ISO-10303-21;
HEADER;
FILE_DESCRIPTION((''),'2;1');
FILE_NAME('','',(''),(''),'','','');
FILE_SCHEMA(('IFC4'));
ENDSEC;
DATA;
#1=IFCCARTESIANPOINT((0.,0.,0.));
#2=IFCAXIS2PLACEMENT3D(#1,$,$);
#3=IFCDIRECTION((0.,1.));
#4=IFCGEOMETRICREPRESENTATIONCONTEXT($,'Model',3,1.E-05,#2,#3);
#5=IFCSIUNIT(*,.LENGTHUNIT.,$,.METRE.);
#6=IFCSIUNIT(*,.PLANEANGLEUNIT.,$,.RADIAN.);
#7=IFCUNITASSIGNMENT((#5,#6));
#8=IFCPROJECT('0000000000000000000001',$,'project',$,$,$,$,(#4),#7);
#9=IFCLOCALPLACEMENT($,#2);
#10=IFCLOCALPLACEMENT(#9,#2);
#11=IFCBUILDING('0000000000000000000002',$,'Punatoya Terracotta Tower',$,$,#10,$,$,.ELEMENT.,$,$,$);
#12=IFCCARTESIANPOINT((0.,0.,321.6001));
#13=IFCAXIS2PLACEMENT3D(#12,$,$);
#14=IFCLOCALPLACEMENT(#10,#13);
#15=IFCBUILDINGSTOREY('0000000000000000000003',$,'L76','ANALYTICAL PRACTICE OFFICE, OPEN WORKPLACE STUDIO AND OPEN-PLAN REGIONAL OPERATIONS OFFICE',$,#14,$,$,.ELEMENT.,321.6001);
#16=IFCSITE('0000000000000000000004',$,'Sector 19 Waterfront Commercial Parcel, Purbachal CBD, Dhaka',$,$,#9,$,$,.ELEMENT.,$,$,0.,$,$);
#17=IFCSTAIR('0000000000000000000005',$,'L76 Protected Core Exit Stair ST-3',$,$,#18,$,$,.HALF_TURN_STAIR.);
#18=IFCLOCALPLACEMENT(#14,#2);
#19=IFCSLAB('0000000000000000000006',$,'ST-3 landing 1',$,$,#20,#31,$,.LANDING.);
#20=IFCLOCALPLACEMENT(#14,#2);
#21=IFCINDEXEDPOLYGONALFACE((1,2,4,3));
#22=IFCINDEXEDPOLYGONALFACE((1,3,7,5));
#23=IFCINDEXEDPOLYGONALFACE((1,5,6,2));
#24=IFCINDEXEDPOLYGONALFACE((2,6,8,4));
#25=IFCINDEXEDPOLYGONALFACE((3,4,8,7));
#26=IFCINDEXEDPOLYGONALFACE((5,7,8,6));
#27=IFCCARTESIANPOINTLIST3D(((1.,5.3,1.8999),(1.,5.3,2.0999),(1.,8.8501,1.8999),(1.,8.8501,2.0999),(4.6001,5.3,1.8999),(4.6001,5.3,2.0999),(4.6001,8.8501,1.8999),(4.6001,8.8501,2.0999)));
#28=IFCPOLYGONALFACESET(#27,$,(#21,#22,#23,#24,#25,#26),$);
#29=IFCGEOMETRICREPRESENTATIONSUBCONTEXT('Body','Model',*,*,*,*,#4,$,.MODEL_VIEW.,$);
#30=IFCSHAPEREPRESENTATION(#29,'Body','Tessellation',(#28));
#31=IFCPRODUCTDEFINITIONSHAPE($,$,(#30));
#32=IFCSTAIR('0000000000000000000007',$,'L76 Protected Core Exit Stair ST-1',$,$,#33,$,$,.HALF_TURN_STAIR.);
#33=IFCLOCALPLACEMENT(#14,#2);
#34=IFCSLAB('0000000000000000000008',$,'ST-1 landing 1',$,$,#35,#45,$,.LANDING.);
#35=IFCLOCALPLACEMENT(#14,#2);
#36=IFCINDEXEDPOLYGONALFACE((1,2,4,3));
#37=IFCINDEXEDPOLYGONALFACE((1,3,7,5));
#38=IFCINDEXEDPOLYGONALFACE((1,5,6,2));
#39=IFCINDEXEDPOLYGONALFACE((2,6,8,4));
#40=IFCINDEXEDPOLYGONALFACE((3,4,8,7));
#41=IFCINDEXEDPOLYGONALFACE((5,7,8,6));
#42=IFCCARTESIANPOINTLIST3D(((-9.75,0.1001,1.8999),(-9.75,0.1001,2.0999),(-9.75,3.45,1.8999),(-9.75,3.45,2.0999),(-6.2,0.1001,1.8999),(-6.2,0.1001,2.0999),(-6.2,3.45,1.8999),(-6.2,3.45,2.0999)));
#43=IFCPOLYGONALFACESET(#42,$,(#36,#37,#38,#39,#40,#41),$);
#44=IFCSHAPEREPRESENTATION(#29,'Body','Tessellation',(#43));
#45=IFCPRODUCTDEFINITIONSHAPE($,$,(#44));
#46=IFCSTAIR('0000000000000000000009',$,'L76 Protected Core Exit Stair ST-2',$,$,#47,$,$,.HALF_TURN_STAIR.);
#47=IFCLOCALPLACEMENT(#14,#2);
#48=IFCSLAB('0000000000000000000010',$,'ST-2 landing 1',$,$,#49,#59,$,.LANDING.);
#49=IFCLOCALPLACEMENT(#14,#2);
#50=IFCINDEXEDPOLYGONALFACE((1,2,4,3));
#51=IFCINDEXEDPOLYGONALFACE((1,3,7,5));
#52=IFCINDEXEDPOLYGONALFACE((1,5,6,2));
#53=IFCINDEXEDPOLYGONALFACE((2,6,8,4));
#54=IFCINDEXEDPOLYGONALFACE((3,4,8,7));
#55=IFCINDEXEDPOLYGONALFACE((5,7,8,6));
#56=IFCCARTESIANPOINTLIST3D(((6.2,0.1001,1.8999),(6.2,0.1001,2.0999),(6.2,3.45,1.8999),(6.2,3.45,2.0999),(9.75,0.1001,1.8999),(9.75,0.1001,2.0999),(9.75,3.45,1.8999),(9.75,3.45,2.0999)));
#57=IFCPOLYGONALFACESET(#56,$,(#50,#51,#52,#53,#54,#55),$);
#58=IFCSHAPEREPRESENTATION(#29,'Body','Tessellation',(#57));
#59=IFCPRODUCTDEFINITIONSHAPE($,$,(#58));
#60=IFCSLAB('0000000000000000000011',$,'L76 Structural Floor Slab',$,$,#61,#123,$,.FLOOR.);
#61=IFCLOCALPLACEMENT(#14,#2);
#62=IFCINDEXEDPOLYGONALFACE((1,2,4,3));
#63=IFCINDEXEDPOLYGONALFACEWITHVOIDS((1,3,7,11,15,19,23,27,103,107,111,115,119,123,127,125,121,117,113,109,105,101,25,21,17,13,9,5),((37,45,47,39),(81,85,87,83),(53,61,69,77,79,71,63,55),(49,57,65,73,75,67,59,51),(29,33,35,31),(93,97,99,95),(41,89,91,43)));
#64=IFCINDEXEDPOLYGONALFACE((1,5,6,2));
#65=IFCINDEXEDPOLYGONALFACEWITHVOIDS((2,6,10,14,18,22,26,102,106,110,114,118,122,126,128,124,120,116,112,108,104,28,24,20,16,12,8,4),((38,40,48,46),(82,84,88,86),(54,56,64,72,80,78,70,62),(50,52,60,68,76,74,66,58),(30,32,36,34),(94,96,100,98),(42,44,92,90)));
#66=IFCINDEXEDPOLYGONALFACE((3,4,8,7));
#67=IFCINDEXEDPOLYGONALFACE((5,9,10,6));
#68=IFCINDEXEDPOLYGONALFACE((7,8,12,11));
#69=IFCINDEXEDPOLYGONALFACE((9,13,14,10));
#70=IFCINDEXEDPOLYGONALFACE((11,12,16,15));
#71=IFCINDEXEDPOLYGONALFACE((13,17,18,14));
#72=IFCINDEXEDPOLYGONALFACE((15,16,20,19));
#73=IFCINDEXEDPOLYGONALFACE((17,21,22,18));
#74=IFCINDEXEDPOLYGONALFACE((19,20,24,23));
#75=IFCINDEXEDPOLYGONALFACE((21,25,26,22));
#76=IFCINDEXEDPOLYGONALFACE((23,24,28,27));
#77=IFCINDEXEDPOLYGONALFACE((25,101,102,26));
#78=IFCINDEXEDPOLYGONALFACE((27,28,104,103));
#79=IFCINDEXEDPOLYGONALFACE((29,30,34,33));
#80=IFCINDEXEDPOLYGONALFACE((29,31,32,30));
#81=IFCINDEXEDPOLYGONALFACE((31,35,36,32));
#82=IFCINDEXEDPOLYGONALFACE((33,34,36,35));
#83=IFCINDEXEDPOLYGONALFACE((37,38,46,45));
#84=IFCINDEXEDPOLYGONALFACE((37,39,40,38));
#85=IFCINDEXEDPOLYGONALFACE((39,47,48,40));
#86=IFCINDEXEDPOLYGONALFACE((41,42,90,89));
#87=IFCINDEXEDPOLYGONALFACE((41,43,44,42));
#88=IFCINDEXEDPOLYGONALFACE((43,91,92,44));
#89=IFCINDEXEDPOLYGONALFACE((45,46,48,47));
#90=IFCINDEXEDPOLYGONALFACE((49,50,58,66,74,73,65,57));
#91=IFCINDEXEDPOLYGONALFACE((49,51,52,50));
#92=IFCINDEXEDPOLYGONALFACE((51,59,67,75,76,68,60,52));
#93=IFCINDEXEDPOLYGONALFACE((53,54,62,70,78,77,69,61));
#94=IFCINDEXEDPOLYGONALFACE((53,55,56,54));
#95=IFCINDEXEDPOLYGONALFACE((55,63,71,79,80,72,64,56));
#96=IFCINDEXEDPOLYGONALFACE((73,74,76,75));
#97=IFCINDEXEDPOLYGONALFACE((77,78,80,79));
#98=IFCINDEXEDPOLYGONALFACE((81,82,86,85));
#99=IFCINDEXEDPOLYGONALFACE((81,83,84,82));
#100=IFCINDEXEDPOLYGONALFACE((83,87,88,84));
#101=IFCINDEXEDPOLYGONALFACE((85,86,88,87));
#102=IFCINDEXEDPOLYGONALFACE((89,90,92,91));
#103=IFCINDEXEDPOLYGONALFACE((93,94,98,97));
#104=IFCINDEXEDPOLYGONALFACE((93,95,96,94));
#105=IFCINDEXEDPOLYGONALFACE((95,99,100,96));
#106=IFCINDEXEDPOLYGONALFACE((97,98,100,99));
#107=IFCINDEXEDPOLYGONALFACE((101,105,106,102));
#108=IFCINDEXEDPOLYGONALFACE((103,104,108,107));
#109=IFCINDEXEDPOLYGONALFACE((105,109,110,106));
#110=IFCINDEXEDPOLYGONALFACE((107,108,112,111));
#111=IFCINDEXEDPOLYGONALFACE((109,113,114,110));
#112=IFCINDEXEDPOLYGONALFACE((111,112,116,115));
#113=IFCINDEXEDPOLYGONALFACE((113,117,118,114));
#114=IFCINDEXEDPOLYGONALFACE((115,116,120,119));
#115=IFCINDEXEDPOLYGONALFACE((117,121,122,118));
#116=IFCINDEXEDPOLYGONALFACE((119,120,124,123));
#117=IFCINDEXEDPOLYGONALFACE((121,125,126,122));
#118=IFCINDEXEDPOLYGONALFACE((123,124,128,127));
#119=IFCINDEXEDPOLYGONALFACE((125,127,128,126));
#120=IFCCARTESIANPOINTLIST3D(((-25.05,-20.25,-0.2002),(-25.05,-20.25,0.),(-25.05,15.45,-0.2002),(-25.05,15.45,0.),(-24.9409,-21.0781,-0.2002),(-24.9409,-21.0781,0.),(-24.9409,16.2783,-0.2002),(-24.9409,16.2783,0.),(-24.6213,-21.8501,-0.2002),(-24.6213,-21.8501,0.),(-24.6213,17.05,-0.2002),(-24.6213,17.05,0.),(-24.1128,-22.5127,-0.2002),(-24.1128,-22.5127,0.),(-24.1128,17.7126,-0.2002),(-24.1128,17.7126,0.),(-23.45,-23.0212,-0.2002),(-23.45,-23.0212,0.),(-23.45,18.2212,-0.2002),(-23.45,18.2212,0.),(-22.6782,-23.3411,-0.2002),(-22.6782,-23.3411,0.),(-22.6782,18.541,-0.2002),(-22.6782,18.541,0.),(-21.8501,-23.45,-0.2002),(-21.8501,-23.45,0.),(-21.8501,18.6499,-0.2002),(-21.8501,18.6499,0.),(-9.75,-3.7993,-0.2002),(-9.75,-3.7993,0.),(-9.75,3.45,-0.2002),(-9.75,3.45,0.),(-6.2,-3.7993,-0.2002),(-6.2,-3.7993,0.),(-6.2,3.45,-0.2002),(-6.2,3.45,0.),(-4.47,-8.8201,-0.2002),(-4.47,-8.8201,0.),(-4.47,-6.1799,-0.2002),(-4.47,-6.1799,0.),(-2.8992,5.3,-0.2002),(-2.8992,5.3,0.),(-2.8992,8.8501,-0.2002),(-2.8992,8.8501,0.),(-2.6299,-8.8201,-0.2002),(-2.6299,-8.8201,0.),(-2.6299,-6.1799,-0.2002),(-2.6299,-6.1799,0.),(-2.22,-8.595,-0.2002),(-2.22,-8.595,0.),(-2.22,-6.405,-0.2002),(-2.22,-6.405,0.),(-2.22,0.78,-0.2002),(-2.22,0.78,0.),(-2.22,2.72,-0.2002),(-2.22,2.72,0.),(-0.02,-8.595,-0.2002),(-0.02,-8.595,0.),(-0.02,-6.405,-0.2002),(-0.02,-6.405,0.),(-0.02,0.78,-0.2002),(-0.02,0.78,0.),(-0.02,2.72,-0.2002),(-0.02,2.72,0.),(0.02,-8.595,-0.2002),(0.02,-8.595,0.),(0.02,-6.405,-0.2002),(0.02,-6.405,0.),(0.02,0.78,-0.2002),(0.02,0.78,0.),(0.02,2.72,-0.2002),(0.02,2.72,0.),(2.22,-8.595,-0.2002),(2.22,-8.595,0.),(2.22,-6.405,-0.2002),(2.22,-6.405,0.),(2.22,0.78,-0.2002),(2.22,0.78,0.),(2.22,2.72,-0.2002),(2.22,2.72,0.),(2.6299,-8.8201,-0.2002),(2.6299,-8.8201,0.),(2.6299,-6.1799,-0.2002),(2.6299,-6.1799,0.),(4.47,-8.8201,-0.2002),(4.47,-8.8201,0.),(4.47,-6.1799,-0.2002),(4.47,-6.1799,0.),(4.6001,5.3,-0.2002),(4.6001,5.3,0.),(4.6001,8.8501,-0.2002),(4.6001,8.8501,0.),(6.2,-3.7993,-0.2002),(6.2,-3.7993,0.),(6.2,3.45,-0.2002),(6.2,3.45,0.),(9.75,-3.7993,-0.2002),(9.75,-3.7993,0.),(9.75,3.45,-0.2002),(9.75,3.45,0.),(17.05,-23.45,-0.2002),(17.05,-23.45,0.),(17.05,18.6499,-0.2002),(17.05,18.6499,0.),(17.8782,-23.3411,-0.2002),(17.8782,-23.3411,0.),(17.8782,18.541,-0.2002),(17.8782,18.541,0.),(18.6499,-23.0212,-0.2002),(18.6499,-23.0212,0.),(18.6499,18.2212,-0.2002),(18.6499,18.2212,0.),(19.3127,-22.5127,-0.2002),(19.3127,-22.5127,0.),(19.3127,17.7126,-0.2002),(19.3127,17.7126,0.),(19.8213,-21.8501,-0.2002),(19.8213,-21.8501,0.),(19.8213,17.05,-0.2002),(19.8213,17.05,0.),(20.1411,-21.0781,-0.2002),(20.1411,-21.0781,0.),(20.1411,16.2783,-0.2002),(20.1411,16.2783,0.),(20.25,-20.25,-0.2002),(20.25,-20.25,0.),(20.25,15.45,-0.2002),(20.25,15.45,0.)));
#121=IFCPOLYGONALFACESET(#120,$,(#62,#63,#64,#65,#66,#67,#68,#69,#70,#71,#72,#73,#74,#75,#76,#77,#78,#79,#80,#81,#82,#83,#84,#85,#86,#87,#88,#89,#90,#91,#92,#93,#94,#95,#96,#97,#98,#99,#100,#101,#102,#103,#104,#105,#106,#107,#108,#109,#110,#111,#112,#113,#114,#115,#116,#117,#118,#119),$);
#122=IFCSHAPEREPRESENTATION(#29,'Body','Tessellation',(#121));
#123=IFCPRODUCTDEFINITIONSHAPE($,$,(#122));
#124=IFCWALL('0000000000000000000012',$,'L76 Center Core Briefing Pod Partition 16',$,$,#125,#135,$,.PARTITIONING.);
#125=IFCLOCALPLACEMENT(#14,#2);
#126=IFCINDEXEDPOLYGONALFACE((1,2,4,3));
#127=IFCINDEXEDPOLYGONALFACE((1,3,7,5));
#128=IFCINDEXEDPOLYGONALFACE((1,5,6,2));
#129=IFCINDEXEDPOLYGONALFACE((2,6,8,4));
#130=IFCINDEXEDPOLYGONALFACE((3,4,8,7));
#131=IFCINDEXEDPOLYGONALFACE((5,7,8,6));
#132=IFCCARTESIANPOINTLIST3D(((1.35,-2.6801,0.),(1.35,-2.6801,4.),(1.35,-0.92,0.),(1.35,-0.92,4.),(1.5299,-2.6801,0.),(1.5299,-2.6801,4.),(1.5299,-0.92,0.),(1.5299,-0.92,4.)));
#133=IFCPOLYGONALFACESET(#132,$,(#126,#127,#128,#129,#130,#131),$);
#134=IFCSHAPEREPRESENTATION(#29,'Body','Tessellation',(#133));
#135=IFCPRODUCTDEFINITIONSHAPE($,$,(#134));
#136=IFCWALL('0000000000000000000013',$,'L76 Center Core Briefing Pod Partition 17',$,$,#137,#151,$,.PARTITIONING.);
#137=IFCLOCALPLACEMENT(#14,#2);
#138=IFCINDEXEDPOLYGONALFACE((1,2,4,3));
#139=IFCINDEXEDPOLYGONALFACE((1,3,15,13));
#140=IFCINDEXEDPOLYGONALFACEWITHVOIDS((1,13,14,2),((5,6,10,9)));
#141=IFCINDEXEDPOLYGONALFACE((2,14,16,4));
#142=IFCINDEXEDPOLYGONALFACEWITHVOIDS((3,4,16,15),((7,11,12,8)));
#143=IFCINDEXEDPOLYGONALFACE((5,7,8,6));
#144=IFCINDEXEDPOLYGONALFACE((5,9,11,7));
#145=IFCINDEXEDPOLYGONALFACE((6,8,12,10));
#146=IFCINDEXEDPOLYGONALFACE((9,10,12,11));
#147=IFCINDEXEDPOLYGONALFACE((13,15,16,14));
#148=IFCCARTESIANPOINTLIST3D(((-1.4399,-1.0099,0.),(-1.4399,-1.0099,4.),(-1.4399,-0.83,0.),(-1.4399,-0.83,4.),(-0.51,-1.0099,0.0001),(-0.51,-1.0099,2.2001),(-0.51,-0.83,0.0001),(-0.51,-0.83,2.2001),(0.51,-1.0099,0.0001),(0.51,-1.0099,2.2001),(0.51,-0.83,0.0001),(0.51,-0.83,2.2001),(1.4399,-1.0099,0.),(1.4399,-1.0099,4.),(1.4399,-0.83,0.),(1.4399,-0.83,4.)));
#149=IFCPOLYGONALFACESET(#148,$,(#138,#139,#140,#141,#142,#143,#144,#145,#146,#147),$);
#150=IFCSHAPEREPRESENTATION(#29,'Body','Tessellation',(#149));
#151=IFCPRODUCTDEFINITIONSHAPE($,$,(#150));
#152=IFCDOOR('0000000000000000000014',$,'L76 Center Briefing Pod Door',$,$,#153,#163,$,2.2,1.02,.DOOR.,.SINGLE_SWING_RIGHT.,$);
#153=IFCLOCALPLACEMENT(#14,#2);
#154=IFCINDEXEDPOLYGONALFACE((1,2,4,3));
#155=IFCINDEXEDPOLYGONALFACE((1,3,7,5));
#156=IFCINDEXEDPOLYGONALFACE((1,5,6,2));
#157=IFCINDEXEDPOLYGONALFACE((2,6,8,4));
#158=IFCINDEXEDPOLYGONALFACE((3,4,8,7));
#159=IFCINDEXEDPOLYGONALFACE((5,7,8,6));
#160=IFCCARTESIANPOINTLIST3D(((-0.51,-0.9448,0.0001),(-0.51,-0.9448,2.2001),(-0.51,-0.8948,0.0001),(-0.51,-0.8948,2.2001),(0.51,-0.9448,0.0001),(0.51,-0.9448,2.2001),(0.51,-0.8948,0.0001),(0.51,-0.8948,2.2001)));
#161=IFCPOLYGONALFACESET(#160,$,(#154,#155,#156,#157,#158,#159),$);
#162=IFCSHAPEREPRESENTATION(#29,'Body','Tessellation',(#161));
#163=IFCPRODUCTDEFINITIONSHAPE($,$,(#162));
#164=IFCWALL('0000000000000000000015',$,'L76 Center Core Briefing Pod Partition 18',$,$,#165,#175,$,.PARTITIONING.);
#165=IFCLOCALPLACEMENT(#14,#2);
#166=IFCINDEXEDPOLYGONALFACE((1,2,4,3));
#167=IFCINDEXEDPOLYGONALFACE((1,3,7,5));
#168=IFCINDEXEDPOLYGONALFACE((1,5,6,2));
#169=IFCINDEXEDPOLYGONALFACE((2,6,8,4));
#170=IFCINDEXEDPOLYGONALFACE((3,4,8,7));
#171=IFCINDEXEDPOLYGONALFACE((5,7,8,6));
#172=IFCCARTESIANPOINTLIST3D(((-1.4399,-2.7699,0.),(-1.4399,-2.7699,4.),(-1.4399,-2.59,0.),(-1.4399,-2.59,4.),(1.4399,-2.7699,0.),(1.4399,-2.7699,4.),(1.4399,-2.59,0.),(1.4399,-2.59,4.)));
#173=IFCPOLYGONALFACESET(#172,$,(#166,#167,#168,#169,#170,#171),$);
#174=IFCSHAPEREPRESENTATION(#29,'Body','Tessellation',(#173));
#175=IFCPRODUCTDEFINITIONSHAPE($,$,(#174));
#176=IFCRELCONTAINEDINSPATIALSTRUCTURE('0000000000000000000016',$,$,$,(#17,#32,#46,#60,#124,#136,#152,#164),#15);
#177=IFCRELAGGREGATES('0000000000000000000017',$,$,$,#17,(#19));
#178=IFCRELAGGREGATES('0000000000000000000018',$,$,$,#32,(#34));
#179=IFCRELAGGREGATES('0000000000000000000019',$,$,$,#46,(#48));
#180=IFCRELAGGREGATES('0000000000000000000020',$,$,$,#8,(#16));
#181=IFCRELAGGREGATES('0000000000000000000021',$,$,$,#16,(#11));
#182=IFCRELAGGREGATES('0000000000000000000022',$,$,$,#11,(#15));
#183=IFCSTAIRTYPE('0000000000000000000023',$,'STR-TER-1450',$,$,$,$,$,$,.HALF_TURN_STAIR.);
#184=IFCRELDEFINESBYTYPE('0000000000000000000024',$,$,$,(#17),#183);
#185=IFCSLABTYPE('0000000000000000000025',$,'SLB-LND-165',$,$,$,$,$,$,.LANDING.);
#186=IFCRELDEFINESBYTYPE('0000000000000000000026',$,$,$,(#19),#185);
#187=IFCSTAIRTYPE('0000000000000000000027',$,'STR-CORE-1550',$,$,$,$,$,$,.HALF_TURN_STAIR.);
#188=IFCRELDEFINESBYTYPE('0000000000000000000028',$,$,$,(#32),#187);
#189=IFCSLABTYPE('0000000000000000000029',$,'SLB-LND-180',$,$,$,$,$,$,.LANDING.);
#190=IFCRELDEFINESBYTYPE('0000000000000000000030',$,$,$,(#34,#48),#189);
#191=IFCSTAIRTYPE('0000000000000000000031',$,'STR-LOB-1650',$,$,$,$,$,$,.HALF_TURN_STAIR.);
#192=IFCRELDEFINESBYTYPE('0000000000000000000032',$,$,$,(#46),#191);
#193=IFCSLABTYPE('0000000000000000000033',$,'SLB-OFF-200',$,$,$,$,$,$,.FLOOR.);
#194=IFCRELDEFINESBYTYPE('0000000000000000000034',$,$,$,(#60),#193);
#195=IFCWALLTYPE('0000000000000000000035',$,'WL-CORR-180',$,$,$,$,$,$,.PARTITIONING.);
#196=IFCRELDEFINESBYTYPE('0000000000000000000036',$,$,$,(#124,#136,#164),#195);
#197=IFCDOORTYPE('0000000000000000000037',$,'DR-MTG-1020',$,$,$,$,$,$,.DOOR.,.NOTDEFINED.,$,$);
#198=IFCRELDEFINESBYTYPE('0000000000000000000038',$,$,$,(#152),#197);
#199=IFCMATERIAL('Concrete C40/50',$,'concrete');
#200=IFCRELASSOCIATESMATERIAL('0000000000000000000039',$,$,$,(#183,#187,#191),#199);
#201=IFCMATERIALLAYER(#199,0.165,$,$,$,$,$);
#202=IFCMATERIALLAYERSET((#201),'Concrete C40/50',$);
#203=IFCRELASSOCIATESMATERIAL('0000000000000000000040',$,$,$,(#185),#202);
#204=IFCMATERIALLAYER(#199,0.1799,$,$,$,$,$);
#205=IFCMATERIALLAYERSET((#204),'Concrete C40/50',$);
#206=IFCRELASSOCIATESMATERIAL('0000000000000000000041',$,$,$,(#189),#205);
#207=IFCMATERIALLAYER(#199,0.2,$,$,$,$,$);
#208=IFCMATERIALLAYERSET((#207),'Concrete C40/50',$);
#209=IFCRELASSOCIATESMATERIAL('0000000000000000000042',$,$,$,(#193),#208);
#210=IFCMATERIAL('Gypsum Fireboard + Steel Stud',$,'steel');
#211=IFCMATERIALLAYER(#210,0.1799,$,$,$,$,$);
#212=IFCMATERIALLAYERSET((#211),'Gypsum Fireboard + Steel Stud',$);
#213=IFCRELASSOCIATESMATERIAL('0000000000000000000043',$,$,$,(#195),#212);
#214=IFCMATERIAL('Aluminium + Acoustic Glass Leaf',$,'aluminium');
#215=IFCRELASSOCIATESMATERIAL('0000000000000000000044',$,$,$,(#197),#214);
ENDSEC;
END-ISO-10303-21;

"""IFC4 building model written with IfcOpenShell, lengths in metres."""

from ifc_helpers import new_model, si_unit, direction, frame, frame_2d, origin, place, context, subcontext, project, spatial, polyline, rectangle, outline, extrude, material, layer, layer_set, type_object, element, fill, aggregate, save


model = new_model("IFC4")

# Units and contexts
model_context = context("Model", 3, precision=1e-05, world=origin(), true_north=direction((0.0, 1.0)))
body_context = subcontext(model_context, "Body", "Model", "MODEL_VIEW")
ifc_project = project(units=[si_unit("LENGTHUNIT", "METRE"), si_unit("PLANEANGLEUNIT", "RADIAN")], contexts=[model_context])

# Site, building, storey
site_placement = place(None, origin())
site = spatial("IfcSite", under=ifc_project, at=site_placement, Name="Sector 19 Waterfront Commercial Parcel, Purbachal CBD, Dhaka", CompositionType="ELEMENT", RefElevation=0.0)
building_placement = place(site_placement, origin())
building = spatial("IfcBuilding", under=site, at=building_placement, Name="Punatoya Terracotta Tower", CompositionType="ELEMENT")
storey_placement = place(building_placement, frame((0.0, 0.0, 321.6001)))
storey = spatial("IfcBuildingStorey", under=building, at=storey_placement, Name="L76", Description="ANALYTICAL PRACTICE OFFICE, OPEN WORKPLACE STUDIO AND OPEN-PLAN REGIONAL OPERATIONS OFFICE", CompositionType="ELEMENT", Elevation=321.6001)

# Stairs, slabs
ifc_material_1 = material(Name="Concrete C40/50", Category="concrete")
stair_type_1 = type_object("IfcStairType", Name="STR-TER-1450", PredefinedType="HALF_TURN_STAIR", material=ifc_material_1)
stair_1_placement = place(storey_placement, origin())
stair_1 = element("IfcStair", 1, at=stair_1_placement, inside=storey, type_object=stair_type_1, Name="L76 Protected Core Exit Stair ST-3", PredefinedType="HALF_TURN_STAIR")
ifc_layer_1 = layer(ifc_material_1, 0.165)
ifc_layer_set_1 = layer_set([ifc_layer_1], Name="Concrete C40/50")
slab_type_1 = type_object("IfcSlabType", Name="SLB-LND-165", PredefinedType="LANDING", material=ifc_layer_set_1)
slab_1_placement = place(storey_placement, frame((0.0, 0.0, 1.8999)))
slab_1 = element("IfcSlab", 2, at=slab_1_placement, type_object=slab_type_1, Name="ST-3 landing 1", PredefinedType="LANDING", context=body_context, shape_type="SweptSolid", body=[
    extrude(outline(polyline([(1.0, 5.3), (4.6001, 5.3), (4.6001, 8.8501), (1.0, 8.8501), (1.0, 5.3)])), origin(), (0.0, 0.0, 1.0), 0.2),
])
aggregate(stair_1, [slab_1])
stair_type_2 = type_object("IfcStairType", Name="STR-CORE-1550", PredefinedType="HALF_TURN_STAIR", material=ifc_material_1)
stair_2_placement = place(storey_placement, origin())
stair_2 = element("IfcStair", 3, at=stair_2_placement, inside=storey, type_object=stair_type_2, Name="L76 Protected Core Exit Stair ST-1", PredefinedType="HALF_TURN_STAIR")
ifc_layer_2 = layer(ifc_material_1, 0.1799)
ifc_layer_set_2 = layer_set([ifc_layer_2], Name="Concrete C40/50")
slab_type_2 = type_object("IfcSlabType", Name="SLB-LND-180", PredefinedType="LANDING", material=ifc_layer_set_2)
slab_2_placement = place(storey_placement, frame((0.0, 0.0, 1.8999)))
slab_2 = element("IfcSlab", 4, at=slab_2_placement, type_object=slab_type_2, Name="ST-1 landing 1", PredefinedType="LANDING", context=body_context, shape_type="SweptSolid", body=[
    extrude(outline(polyline([(-6.2, 0.1001), (-6.2, 3.45), (-9.75, 3.45), (-9.75, 0.1001), (-6.2, 0.1001)])), origin(), (0.0, 0.0, 1.0), 0.2),
])
aggregate(stair_2, [slab_2])
stair_type_3 = type_object("IfcStairType", Name="STR-LOB-1650", PredefinedType="HALF_TURN_STAIR", material=ifc_material_1)
stair_3_placement = place(storey_placement, origin())
stair_3 = element("IfcStair", 5, at=stair_3_placement, inside=storey, type_object=stair_type_3, Name="L76 Protected Core Exit Stair ST-2", PredefinedType="HALF_TURN_STAIR")
slab_3_placement = place(storey_placement, frame((0.0, 0.0, 1.8999)))
slab_3 = element("IfcSlab", 6, at=slab_3_placement, type_object=slab_type_2, Name="ST-2 landing 1", PredefinedType="LANDING", context=body_context, shape_type="SweptSolid", body=[
    extrude(outline(polyline([(9.75, 0.1001), (9.75, 3.45), (6.2, 3.45), (6.2, 0.1001), (9.75, 0.1001)])), origin(), (0.0, 0.0, 1.0), 0.2),
])

# Slab
ifc_layer_3 = layer(ifc_material_1, 0.2)
ifc_layer_set_3 = layer_set([ifc_layer_3], Name="Concrete C40/50")
slab_type_3 = type_object("IfcSlabType", Name="SLB-OFF-200", PredefinedType="FLOOR", material=ifc_layer_set_3)
slab_4_placement = place(storey_placement, frame((0.0, 0.0, -0.2002)))
element("IfcSlab", 7, at=slab_4_placement, inside=storey, type_object=slab_type_3, Name="L76 Structural Floor Slab", PredefinedType="FLOOR", context=body_context, shape_type="SweptSolid", body=[
    extrude(outline(polyline([(-21.8501, -23.45), (-22.6782, -23.3411), (-23.45, -23.0212), (-24.1128, -22.5127), (-24.6213, -21.8501), (-24.9409, -21.0781), (-25.05, -20.25), (-25.05, 15.45), (-24.9409, 16.2783), (-24.6213, 17.05), (-24.1128, 17.7126), (-23.45, 18.2212), (-22.6782, 18.541), (-21.8501, 18.6499), (17.05, 18.6499), (17.8782, 18.541), (18.6499, 18.2212), (19.3127, 17.7126), (19.8213, 17.05), (20.1411, 16.2783), (20.25, 15.45), (20.25, -20.25), (20.1411, -21.0781), (19.8213, -21.8501), (19.3127, -22.5127), (18.6499, -23.0212), (17.8782, -23.3411), (17.05, -23.45), (-21.8501, -23.45)]), holes=[polyline([(-2.6299, -6.1799), (-4.47, -6.1799), (-4.47, -8.8201), (-2.6299, -8.8201), (-2.6299, -6.1799)]), polyline([(-0.02, -6.405), (-2.22, -6.405), (-2.22, -8.595), (-0.02, -8.595), (0.02, -8.595), (2.22, -8.595), (2.22, -6.405), (0.02, -6.405), (-0.02, -6.405)]), polyline([(4.47, -6.1799), (2.6299, -6.1799), (2.6299, -8.8201), (4.47, -8.8201), (4.47, -6.1799)]), polyline([(-9.75, 3.45), (-9.75, -3.7993), (-6.2, -3.7993), (-6.2, 3.45), (-9.75, 3.45)]), polyline([(6.2, 3.45), (6.2, -3.7993), (9.75, -3.7993), (9.75, 3.45), (6.2, 3.45)]), polyline([(-2.22, 2.72), (-2.22, 0.78), (-0.02, 0.78), (0.02, 0.78), (2.22, 0.78), (2.22, 2.72), (0.02, 2.72), (-0.02, 2.72), (-2.22, 2.72)]), polyline([(4.6001, 5.3), (4.6001, 8.8501), (-2.8992, 8.8501), (-2.8992, 5.3), (4.6001, 5.3)])]), origin(), (0.0, 0.0, 1.0), 0.2002),
])

# Wall
ifc_material_2 = material(Name="Gypsum Fireboard + Steel Stud", Category="steel")
ifc_layer_4 = layer(ifc_material_2, 0.1799)
ifc_layer_set_4 = layer_set([ifc_layer_4], Name="Gypsum Fireboard + Steel Stud")
wall_type_1 = type_object("IfcWallType", Name="WL-CORR-180", PredefinedType="PARTITIONING", material=ifc_layer_set_4)
wall_1_placement = place(storey_placement, frame((1.4399, -2.6799, 0.0), z_axis=(0.0, 0.0, 1.0), x_axis=(0.0, 1.0, 0.0)))
element("IfcWall", 8, at=wall_1_placement, inside=storey, type_object=wall_type_1, Name="L76 Center Core Briefing Pod Partition 16", PredefinedType="PARTITIONING", context=body_context, shape_type="SweptSolid", body=[
    extrude(rectangle(XDim=1.76, YDim=0.1799, at=frame_2d((0.8799, 0.0))), origin(), (0.0, 0.0, 1.0), 4.0),
])

# Wall, opening, door
wall_2_placement = place(storey_placement, frame((1.4399, -0.9199, 0.0), z_axis=(0.0, 0.0, 1.0), x_axis=(-1.0, 0.0, 0.0)))
wall_2 = element("IfcWall", 9, at=wall_2_placement, inside=storey, type_object=wall_type_1, Name="L76 Center Core Briefing Pod Partition 17", PredefinedType="PARTITIONING", context=body_context, shape_type="SweptSolid", body=[
    extrude(rectangle(XDim=2.8799, YDim=0.1799, at=frame_2d((1.4399, 0.0))), origin(), (0.0, 0.0, 1.0), 4.0),
])
opening_1_placement = place(wall_2_placement, frame((0.9299, 0.0, 0.0)))
opening_1 = element("IfcOpeningElement", 10, at=opening_1_placement, cuts=wall_2, PredefinedType="OPENING", context=body_context, shape_type="SweptSolid", body=[
    extrude(rectangle(XDim=1.02, YDim=2.2, at=frame_2d((0.51, 1.1001))), frame((0.0, 0.0999, 0.0), z_axis=(0.0, -1.0, 0.0), x_axis=(1.0, 0.0, 0.0)), (0.0, 0.0, 1.0), 0.2),
])
ifc_material_3 = material(Name="Aluminium + Acoustic Glass Leaf", Category="aluminium")
door_type_1 = type_object("IfcDoorType", Name="DR-MTG-1020", OperationType="NOTDEFINED", PredefinedType="DOOR", material=ifc_material_3)
door_1_placement = place(opening_1_placement, origin())
door_1 = element("IfcDoor", 11, at=door_1_placement, inside=storey, type_object=door_type_1, Name="L76 Center Briefing Pod Door", OperationType="SINGLE_SWING_RIGHT", OverallHeight=2.2, OverallWidth=1.02, PredefinedType="DOOR", context=body_context, shape_type="SweptSolid", body=[
    extrude(rectangle(XDim=1.02, YDim=2.2, at=frame_2d((0.51, 1.1001))), frame((0.0, 0.0249, 0.0), z_axis=(0.0, -1.0, 0.0), x_axis=(1.0, 0.0, 0.0)), (0.0, 0.0, 1.0), 0.05),
])
fill(opening_1, door_1)

# Wall
wall_3_placement = place(storey_placement, frame((-1.4399, -2.6799, 0.0), z_axis=(0.0, 0.0, 1.0), x_axis=(1.0, 0.0, 0.0)))
element("IfcWall", 12, at=wall_3_placement, inside=storey, type_object=wall_type_1, Name="L76 Center Core Briefing Pod Partition 18", PredefinedType="PARTITIONING", context=body_context, shape_type="SweptSolid", body=[
    extrude(rectangle(XDim=2.8799, YDim=0.1799, at=frame_2d((1.4399, 0.0))), origin(), (0.0, 0.0, 1.0), 4.0),
])

aggregate(stair_3, [slab_3])

save(model, "model.ifc")
